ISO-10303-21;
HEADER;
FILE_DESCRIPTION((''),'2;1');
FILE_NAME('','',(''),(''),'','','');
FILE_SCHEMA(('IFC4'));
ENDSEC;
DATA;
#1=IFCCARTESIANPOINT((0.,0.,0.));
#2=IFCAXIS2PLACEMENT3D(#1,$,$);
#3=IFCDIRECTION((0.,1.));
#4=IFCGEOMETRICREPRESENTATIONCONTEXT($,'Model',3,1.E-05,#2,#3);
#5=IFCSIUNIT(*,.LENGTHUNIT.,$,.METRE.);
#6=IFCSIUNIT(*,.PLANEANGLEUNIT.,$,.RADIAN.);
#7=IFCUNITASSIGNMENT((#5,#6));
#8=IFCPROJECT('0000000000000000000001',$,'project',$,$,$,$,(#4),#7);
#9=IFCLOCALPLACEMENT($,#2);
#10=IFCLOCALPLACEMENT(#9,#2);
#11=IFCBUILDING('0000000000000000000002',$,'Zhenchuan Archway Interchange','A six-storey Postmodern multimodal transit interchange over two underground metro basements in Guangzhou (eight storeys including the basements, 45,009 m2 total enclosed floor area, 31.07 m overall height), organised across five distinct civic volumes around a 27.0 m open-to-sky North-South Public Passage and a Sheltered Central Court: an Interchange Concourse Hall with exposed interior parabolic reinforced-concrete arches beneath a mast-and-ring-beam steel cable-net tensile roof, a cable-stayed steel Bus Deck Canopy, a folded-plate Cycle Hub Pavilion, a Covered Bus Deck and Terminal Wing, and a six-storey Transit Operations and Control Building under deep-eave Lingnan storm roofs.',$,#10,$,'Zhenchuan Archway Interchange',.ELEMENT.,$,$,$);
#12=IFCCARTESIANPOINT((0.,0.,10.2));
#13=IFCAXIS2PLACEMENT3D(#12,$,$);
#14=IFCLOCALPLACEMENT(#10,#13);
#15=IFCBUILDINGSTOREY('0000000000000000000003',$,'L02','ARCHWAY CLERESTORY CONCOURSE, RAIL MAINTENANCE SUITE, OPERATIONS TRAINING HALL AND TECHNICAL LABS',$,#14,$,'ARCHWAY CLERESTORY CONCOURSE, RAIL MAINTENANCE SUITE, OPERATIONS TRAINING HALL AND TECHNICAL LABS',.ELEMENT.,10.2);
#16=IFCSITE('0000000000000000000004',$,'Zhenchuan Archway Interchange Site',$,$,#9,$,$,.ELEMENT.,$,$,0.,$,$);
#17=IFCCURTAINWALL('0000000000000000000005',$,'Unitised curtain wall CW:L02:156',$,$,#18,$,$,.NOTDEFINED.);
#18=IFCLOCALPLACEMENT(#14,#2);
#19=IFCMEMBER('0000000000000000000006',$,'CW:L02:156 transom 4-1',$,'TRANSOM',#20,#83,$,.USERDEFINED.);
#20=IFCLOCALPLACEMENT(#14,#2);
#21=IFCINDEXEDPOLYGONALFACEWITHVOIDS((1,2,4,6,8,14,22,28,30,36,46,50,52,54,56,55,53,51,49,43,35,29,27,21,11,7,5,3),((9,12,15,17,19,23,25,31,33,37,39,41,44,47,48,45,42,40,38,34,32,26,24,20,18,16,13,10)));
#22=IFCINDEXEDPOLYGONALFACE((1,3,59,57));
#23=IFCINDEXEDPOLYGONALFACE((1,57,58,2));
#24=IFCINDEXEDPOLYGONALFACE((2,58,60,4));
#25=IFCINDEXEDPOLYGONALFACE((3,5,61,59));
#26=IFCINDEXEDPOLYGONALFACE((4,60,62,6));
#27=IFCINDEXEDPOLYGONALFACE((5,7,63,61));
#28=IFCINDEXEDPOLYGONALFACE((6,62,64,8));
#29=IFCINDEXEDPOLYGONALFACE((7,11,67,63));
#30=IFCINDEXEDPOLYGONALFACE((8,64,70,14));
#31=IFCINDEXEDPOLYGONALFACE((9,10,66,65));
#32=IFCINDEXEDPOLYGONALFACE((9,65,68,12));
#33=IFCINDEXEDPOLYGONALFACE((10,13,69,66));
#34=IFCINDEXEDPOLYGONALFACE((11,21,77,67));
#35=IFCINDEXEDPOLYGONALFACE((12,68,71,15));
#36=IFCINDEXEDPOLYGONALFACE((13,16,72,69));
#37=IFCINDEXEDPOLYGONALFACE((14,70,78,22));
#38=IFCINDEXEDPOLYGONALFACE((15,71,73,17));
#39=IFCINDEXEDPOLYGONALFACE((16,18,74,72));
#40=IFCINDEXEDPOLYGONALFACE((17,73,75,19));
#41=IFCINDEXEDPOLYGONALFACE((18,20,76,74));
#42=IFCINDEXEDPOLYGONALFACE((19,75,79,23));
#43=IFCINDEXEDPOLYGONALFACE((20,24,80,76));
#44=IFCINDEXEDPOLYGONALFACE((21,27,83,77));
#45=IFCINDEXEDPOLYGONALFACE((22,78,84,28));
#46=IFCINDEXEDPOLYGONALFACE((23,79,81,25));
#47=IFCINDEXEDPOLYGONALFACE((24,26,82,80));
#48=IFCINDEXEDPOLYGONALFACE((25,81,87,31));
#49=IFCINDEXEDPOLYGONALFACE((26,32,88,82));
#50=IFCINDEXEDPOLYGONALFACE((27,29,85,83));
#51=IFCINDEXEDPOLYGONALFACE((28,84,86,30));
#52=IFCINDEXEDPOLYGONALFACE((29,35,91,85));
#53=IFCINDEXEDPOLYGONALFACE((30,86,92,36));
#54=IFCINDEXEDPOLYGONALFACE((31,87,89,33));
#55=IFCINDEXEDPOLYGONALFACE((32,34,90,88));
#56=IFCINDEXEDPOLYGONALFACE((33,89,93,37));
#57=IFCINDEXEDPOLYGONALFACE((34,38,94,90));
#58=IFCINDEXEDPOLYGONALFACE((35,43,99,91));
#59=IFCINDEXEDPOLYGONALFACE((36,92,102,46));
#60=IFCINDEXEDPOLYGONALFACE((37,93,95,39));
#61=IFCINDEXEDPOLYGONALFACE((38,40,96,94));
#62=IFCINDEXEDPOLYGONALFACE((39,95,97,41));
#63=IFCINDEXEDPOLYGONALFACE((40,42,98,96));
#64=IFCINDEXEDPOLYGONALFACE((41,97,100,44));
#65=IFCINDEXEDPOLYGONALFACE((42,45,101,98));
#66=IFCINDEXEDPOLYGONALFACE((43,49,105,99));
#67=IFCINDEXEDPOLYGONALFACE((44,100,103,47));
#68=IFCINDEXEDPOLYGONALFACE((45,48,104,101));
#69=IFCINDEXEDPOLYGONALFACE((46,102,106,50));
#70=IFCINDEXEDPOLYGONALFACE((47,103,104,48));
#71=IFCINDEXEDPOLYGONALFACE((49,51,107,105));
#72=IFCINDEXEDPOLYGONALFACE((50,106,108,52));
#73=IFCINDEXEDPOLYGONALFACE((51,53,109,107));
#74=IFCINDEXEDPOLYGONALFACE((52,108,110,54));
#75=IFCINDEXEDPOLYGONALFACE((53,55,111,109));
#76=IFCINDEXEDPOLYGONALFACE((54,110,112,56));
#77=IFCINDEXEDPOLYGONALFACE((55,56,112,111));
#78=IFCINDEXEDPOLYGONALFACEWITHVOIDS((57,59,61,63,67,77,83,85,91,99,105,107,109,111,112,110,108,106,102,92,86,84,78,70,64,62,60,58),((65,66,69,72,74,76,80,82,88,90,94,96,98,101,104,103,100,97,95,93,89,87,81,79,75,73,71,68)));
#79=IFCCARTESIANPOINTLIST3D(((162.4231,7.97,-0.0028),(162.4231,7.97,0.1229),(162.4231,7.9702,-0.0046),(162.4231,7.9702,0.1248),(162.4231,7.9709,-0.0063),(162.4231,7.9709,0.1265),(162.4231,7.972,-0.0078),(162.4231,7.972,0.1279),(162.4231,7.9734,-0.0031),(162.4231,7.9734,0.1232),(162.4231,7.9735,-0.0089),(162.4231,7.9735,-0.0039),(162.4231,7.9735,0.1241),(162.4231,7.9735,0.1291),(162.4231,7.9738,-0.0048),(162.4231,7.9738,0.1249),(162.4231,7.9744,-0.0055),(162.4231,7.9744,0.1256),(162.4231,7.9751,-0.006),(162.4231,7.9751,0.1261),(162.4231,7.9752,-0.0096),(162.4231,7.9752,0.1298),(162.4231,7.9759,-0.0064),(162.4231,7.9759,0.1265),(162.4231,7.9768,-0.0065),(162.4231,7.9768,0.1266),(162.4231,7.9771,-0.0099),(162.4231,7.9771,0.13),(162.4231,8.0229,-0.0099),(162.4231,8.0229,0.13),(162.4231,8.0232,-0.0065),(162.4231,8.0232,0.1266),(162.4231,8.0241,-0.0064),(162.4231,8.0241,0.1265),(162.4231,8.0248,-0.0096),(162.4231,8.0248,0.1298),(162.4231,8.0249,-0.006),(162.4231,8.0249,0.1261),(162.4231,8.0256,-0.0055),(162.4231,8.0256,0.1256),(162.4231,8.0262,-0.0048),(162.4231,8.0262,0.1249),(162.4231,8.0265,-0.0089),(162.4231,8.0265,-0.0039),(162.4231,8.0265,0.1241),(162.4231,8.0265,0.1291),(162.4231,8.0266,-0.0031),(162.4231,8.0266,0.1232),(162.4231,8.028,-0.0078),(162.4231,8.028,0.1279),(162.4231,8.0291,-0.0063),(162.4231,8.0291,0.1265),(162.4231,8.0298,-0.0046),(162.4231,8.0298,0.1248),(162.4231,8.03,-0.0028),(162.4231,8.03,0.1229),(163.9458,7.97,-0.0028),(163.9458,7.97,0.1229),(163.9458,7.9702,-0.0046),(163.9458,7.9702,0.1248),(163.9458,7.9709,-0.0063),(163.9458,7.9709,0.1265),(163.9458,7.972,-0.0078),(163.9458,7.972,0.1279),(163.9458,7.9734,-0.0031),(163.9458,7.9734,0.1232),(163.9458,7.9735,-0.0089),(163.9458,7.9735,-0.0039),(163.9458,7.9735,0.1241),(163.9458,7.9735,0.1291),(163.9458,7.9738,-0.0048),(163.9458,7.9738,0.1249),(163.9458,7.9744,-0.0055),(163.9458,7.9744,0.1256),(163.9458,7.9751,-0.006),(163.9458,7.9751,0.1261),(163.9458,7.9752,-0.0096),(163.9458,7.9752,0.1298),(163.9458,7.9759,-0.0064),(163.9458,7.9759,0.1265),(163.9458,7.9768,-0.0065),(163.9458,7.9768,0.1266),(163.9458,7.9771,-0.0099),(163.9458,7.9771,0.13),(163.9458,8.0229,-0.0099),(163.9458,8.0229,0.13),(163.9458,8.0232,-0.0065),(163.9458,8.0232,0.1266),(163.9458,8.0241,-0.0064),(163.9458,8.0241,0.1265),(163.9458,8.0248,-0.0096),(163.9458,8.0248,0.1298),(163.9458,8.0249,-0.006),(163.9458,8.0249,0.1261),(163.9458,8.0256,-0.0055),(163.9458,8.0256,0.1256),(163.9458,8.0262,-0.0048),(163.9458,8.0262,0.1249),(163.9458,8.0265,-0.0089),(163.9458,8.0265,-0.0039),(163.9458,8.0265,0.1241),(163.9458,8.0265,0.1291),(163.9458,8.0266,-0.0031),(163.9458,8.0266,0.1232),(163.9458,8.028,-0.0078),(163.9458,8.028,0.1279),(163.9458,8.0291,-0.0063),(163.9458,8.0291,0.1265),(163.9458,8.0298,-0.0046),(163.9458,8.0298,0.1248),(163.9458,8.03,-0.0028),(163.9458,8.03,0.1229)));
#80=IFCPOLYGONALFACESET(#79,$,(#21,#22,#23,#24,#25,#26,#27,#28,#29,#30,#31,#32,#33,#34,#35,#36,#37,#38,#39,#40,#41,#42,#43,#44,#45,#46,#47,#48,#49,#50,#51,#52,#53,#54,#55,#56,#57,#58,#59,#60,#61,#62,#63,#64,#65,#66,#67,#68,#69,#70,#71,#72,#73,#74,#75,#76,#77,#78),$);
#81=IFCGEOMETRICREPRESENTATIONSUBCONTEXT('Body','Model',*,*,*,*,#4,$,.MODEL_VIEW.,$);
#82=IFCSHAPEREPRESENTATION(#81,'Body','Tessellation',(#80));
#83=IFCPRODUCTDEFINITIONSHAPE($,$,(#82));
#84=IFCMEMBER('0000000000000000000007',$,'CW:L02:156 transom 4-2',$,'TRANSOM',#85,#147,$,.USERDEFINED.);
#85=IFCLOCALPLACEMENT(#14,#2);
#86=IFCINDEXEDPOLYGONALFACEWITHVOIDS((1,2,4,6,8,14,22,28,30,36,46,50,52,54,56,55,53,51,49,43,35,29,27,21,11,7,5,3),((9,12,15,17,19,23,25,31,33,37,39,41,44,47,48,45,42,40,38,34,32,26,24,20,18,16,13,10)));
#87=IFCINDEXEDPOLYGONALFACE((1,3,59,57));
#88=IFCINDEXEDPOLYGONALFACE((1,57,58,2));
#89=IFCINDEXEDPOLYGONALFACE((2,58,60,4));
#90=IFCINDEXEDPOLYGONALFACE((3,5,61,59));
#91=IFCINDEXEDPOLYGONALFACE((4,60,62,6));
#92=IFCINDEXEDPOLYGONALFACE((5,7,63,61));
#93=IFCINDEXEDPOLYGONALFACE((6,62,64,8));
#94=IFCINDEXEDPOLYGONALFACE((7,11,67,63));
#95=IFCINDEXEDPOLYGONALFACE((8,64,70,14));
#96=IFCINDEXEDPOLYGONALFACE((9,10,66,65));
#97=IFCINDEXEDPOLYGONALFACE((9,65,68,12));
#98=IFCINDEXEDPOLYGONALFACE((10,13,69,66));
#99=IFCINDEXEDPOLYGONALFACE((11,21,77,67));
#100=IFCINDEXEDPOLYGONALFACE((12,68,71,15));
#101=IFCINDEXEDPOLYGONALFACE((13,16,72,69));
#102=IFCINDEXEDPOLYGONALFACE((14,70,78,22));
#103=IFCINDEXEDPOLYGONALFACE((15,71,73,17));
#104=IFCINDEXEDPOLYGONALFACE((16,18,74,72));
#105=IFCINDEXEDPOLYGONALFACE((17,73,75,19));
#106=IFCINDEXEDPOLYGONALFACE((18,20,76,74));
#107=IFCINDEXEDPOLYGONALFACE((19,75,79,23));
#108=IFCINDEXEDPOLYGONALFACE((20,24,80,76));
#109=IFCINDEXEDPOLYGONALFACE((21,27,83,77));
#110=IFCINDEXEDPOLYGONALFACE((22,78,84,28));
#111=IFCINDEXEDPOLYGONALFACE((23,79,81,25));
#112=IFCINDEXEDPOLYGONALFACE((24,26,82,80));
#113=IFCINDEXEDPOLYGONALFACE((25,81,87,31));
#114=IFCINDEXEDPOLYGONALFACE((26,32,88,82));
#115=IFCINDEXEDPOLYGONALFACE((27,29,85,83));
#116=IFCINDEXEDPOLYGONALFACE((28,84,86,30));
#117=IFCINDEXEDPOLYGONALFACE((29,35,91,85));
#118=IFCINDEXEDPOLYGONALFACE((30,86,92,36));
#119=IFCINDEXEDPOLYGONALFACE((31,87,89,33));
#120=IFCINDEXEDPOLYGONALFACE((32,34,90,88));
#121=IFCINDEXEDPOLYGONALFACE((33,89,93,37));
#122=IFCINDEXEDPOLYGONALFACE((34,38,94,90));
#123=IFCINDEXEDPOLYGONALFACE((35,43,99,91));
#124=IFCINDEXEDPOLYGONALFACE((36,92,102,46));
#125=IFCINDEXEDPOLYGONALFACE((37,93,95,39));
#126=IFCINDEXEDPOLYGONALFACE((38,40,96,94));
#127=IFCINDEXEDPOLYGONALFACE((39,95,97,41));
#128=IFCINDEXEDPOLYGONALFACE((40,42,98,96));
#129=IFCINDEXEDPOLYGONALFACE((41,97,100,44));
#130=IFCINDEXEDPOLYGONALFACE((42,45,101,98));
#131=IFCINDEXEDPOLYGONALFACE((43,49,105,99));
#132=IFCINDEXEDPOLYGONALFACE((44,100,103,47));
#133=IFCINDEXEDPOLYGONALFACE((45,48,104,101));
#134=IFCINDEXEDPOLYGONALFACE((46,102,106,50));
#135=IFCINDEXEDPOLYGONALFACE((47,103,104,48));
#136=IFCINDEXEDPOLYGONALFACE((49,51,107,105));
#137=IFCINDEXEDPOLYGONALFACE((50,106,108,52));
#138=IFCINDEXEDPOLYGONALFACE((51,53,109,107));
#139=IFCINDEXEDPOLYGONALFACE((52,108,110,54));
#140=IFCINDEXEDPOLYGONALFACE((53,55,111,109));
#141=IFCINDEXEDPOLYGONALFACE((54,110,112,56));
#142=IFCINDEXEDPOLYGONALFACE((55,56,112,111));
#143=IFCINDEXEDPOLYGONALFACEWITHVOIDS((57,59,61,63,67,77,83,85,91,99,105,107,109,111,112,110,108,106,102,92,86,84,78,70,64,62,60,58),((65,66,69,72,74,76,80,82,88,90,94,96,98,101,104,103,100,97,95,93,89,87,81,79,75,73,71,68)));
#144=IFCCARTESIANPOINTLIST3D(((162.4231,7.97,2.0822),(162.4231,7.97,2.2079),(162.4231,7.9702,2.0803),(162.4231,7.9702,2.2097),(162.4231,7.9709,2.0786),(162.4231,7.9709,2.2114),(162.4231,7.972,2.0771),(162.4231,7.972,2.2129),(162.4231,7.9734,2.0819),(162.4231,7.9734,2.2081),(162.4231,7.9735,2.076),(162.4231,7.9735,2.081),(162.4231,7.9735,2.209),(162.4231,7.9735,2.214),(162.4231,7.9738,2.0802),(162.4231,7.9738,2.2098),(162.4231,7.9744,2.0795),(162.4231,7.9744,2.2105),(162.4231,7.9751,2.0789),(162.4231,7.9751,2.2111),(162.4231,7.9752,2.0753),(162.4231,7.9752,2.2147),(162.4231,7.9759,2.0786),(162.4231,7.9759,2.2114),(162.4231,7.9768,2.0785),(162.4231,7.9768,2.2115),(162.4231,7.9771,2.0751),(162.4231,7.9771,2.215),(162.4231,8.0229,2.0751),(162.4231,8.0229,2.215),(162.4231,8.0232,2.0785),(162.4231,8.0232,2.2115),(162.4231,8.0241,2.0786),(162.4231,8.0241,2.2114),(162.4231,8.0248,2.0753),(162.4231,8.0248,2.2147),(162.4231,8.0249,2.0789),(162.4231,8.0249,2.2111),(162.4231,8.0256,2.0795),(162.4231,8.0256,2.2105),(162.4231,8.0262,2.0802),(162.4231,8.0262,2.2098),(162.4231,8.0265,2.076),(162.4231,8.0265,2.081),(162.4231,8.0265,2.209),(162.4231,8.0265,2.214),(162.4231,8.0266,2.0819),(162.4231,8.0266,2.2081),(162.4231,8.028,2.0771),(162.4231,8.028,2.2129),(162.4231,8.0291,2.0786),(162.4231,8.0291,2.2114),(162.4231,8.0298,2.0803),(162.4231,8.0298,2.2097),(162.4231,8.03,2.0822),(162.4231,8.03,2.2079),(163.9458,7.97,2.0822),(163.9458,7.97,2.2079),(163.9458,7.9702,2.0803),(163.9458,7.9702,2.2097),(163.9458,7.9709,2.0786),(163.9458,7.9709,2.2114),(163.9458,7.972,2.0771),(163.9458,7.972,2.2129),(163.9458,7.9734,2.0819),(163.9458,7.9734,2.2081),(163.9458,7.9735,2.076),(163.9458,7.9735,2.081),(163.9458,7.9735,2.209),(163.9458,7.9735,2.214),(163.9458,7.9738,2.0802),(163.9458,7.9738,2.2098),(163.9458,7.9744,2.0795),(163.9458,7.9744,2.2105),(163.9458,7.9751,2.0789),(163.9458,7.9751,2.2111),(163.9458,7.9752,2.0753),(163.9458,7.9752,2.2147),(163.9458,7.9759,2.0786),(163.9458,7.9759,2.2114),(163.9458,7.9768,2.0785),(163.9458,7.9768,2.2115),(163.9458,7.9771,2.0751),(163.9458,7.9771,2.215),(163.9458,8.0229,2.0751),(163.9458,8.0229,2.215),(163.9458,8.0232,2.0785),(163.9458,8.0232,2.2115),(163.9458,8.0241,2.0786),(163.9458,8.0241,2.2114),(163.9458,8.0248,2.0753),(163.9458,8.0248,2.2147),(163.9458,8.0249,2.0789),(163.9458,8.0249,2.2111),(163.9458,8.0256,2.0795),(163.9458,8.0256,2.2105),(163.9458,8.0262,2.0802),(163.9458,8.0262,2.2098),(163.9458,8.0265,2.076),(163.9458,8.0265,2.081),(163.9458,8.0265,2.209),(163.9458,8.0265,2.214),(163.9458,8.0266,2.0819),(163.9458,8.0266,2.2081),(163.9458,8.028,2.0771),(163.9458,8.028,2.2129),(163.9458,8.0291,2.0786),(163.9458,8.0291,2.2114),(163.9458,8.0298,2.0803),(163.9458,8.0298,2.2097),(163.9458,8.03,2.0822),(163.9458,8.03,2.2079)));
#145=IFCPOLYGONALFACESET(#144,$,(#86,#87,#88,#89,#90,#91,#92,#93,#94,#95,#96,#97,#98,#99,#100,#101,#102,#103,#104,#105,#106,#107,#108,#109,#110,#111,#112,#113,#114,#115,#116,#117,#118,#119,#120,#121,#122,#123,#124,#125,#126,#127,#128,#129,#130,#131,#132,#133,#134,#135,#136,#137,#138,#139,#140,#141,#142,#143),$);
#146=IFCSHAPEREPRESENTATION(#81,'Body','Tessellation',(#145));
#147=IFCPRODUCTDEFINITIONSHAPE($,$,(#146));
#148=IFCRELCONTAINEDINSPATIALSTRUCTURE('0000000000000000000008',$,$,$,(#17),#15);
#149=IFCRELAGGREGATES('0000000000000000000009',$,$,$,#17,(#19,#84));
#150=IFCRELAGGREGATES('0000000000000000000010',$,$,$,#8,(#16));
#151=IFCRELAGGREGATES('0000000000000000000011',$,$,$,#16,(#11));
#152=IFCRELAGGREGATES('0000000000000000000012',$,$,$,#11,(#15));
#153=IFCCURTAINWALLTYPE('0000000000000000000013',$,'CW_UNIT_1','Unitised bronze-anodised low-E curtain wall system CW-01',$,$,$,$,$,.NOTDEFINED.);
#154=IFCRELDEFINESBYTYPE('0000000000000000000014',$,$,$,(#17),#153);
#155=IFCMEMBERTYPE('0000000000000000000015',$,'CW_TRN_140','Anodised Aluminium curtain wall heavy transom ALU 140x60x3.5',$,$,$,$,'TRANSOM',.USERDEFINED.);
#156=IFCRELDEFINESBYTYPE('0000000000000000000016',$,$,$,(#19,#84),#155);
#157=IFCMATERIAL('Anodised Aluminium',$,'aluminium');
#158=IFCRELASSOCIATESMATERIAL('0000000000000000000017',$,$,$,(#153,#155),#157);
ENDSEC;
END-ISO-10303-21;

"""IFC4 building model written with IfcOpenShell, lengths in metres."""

from ifc_helpers import new_model, si_unit, direction, frame, origin, origin_2d, place, context, subcontext, project, spatial, hollow_rectangle, extrude, material, material_profile, profile_set, type_object, element, aggregate, save


model = new_model("IFC4")

# Units and contexts
model_context = context("Model", 3, precision=1e-05, world=origin(), true_north=direction((0.0, 1.0)))
body_context = subcontext(model_context, "Body", "Model", "MODEL_VIEW")
ifc_project = project(units=[si_unit("LENGTHUNIT", "METRE"), si_unit("PLANEANGLEUNIT", "RADIAN")], contexts=[model_context])

# Site, building, storey
site_placement = place(None, origin())
site = spatial("IfcSite", under=ifc_project, at=site_placement, Name="Zhenchuan Archway Interchange Site", CompositionType="ELEMENT", RefElevation=0.0)
building_placement = place(site_placement, origin())
building = spatial("IfcBuilding", under=site, at=building_placement, Name="Zhenchuan Archway Interchange", Description="A six-storey Postmodern multimodal transit interchange over two underground metro basements in Guangzhou (eight storeys including the basements, 45,009 m2 total enclosed floor area, 31.07 m overall height), organised across five distinct civic volumes around a 27.0 m open-to-sky North-South Public Passage and a Sheltered Central Court: an Interchange Concourse Hall with exposed interior parabolic reinforced-concrete arches beneath a mast-and-ring-beam steel cable-net tensile roof, a cable-stayed steel Bus Deck Canopy, a folded-plate Cycle Hub Pavilion, a Covered Bus Deck and Terminal Wing, and a six-storey Transit Operations and Control Building under deep-eave Lingnan storm roofs.", LongName="Zhenchuan Archway Interchange", CompositionType="ELEMENT")
storey_placement = place(building_placement, frame((0.0, 0.0, 10.2)))
storey = spatial("IfcBuildingStorey", under=building, at=storey_placement, Name="L02", Description="ARCHWAY CLERESTORY CONCOURSE, RAIL MAINTENANCE SUITE, OPERATIONS TRAINING HALL AND TECHNICAL LABS", LongName="ARCHWAY CLERESTORY CONCOURSE, RAIL MAINTENANCE SUITE, OPERATIONS TRAINING HALL AND TECHNICAL LABS", CompositionType="ELEMENT", Elevation=10.2)

# Curtain wall, members
ifc_material_1 = material(Name="Anodised Aluminium", Category="aluminium")
curtain_wall_type = type_object("IfcCurtainWallType", Name="CW_UNIT_1", Description="Unitised bronze-anodised low-E curtain wall system CW-01", PredefinedType="NOTDEFINED", material=ifc_material_1)
curtain_wall_placement = place(storey_placement, origin())
curtain_wall = element("IfcCurtainWall", 1, at=curtain_wall_placement, inside=storey, type_object=curtain_wall_type, Name="Unitised curtain wall CW:L02:156", PredefinedType="NOTDEFINED")
ifc_material_profile_1 = material_profile(ifc_material_1, hollow_rectangle(XDim=0.0601, YDim=0.1399, WallThickness=0.0034, InnerFilletRadius=0.0034, OuterFilletRadius=0.0071, at=origin_2d()), Name="ALU 140x60x3.5")
ifc_profile_set_1 = profile_set([ifc_material_profile_1], Name="Anodised Aluminium")
member_type_1 = type_object("IfcMemberType", Name="CW_TRN_140", Description="Anodised Aluminium curtain wall heavy transom ALU 140x60x3.5", ElementType="TRANSOM", PredefinedType="USERDEFINED", material=ifc_profile_set_1)
member_1_placement = place(storey_placement, frame((163.9458, 8.0, 0.0601), z_axis=(-1.0, 0.0, 0.0), x_axis=(0.0, -1.0, 0.0)))
member_1 = element("IfcMember", 2, at=member_1_placement, type_object=member_type_1, Name="CW:L02:156 transom 4-1", ObjectType="TRANSOM", PredefinedType="USERDEFINED", context=body_context, shape_type="SweptSolid", body=[
    extrude(hollow_rectangle(XDim=0.0601, YDim=0.1399, WallThickness=0.0034, InnerFilletRadius=0.0034, OuterFilletRadius=0.0071, at=origin_2d()), origin(), (0.0, 0.0, 1.0), 1.5227),
])
member_2_placement = place(storey_placement, frame((163.9458, 8.0, 2.145), z_axis=(-1.0, 0.0, 0.0), x_axis=(0.0, -1.0, 0.0)))
member_2 = element("IfcMember", 3, at=member_2_placement, type_object=member_type_1, Name="CW:L02:156 transom 4-2", ObjectType="TRANSOM", PredefinedType="USERDEFINED", context=body_context, shape_type="SweptSolid", body=[
    extrude(hollow_rectangle(XDim=0.0601, YDim=0.1399, WallThickness=0.0034, InnerFilletRadius=0.0034, OuterFilletRadius=0.0071, at=origin_2d()), origin(), (0.0, 0.0, 1.0), 1.5227),
])

aggregate(curtain_wall, [member_1, member_2])

save(model, "model.ifc")
